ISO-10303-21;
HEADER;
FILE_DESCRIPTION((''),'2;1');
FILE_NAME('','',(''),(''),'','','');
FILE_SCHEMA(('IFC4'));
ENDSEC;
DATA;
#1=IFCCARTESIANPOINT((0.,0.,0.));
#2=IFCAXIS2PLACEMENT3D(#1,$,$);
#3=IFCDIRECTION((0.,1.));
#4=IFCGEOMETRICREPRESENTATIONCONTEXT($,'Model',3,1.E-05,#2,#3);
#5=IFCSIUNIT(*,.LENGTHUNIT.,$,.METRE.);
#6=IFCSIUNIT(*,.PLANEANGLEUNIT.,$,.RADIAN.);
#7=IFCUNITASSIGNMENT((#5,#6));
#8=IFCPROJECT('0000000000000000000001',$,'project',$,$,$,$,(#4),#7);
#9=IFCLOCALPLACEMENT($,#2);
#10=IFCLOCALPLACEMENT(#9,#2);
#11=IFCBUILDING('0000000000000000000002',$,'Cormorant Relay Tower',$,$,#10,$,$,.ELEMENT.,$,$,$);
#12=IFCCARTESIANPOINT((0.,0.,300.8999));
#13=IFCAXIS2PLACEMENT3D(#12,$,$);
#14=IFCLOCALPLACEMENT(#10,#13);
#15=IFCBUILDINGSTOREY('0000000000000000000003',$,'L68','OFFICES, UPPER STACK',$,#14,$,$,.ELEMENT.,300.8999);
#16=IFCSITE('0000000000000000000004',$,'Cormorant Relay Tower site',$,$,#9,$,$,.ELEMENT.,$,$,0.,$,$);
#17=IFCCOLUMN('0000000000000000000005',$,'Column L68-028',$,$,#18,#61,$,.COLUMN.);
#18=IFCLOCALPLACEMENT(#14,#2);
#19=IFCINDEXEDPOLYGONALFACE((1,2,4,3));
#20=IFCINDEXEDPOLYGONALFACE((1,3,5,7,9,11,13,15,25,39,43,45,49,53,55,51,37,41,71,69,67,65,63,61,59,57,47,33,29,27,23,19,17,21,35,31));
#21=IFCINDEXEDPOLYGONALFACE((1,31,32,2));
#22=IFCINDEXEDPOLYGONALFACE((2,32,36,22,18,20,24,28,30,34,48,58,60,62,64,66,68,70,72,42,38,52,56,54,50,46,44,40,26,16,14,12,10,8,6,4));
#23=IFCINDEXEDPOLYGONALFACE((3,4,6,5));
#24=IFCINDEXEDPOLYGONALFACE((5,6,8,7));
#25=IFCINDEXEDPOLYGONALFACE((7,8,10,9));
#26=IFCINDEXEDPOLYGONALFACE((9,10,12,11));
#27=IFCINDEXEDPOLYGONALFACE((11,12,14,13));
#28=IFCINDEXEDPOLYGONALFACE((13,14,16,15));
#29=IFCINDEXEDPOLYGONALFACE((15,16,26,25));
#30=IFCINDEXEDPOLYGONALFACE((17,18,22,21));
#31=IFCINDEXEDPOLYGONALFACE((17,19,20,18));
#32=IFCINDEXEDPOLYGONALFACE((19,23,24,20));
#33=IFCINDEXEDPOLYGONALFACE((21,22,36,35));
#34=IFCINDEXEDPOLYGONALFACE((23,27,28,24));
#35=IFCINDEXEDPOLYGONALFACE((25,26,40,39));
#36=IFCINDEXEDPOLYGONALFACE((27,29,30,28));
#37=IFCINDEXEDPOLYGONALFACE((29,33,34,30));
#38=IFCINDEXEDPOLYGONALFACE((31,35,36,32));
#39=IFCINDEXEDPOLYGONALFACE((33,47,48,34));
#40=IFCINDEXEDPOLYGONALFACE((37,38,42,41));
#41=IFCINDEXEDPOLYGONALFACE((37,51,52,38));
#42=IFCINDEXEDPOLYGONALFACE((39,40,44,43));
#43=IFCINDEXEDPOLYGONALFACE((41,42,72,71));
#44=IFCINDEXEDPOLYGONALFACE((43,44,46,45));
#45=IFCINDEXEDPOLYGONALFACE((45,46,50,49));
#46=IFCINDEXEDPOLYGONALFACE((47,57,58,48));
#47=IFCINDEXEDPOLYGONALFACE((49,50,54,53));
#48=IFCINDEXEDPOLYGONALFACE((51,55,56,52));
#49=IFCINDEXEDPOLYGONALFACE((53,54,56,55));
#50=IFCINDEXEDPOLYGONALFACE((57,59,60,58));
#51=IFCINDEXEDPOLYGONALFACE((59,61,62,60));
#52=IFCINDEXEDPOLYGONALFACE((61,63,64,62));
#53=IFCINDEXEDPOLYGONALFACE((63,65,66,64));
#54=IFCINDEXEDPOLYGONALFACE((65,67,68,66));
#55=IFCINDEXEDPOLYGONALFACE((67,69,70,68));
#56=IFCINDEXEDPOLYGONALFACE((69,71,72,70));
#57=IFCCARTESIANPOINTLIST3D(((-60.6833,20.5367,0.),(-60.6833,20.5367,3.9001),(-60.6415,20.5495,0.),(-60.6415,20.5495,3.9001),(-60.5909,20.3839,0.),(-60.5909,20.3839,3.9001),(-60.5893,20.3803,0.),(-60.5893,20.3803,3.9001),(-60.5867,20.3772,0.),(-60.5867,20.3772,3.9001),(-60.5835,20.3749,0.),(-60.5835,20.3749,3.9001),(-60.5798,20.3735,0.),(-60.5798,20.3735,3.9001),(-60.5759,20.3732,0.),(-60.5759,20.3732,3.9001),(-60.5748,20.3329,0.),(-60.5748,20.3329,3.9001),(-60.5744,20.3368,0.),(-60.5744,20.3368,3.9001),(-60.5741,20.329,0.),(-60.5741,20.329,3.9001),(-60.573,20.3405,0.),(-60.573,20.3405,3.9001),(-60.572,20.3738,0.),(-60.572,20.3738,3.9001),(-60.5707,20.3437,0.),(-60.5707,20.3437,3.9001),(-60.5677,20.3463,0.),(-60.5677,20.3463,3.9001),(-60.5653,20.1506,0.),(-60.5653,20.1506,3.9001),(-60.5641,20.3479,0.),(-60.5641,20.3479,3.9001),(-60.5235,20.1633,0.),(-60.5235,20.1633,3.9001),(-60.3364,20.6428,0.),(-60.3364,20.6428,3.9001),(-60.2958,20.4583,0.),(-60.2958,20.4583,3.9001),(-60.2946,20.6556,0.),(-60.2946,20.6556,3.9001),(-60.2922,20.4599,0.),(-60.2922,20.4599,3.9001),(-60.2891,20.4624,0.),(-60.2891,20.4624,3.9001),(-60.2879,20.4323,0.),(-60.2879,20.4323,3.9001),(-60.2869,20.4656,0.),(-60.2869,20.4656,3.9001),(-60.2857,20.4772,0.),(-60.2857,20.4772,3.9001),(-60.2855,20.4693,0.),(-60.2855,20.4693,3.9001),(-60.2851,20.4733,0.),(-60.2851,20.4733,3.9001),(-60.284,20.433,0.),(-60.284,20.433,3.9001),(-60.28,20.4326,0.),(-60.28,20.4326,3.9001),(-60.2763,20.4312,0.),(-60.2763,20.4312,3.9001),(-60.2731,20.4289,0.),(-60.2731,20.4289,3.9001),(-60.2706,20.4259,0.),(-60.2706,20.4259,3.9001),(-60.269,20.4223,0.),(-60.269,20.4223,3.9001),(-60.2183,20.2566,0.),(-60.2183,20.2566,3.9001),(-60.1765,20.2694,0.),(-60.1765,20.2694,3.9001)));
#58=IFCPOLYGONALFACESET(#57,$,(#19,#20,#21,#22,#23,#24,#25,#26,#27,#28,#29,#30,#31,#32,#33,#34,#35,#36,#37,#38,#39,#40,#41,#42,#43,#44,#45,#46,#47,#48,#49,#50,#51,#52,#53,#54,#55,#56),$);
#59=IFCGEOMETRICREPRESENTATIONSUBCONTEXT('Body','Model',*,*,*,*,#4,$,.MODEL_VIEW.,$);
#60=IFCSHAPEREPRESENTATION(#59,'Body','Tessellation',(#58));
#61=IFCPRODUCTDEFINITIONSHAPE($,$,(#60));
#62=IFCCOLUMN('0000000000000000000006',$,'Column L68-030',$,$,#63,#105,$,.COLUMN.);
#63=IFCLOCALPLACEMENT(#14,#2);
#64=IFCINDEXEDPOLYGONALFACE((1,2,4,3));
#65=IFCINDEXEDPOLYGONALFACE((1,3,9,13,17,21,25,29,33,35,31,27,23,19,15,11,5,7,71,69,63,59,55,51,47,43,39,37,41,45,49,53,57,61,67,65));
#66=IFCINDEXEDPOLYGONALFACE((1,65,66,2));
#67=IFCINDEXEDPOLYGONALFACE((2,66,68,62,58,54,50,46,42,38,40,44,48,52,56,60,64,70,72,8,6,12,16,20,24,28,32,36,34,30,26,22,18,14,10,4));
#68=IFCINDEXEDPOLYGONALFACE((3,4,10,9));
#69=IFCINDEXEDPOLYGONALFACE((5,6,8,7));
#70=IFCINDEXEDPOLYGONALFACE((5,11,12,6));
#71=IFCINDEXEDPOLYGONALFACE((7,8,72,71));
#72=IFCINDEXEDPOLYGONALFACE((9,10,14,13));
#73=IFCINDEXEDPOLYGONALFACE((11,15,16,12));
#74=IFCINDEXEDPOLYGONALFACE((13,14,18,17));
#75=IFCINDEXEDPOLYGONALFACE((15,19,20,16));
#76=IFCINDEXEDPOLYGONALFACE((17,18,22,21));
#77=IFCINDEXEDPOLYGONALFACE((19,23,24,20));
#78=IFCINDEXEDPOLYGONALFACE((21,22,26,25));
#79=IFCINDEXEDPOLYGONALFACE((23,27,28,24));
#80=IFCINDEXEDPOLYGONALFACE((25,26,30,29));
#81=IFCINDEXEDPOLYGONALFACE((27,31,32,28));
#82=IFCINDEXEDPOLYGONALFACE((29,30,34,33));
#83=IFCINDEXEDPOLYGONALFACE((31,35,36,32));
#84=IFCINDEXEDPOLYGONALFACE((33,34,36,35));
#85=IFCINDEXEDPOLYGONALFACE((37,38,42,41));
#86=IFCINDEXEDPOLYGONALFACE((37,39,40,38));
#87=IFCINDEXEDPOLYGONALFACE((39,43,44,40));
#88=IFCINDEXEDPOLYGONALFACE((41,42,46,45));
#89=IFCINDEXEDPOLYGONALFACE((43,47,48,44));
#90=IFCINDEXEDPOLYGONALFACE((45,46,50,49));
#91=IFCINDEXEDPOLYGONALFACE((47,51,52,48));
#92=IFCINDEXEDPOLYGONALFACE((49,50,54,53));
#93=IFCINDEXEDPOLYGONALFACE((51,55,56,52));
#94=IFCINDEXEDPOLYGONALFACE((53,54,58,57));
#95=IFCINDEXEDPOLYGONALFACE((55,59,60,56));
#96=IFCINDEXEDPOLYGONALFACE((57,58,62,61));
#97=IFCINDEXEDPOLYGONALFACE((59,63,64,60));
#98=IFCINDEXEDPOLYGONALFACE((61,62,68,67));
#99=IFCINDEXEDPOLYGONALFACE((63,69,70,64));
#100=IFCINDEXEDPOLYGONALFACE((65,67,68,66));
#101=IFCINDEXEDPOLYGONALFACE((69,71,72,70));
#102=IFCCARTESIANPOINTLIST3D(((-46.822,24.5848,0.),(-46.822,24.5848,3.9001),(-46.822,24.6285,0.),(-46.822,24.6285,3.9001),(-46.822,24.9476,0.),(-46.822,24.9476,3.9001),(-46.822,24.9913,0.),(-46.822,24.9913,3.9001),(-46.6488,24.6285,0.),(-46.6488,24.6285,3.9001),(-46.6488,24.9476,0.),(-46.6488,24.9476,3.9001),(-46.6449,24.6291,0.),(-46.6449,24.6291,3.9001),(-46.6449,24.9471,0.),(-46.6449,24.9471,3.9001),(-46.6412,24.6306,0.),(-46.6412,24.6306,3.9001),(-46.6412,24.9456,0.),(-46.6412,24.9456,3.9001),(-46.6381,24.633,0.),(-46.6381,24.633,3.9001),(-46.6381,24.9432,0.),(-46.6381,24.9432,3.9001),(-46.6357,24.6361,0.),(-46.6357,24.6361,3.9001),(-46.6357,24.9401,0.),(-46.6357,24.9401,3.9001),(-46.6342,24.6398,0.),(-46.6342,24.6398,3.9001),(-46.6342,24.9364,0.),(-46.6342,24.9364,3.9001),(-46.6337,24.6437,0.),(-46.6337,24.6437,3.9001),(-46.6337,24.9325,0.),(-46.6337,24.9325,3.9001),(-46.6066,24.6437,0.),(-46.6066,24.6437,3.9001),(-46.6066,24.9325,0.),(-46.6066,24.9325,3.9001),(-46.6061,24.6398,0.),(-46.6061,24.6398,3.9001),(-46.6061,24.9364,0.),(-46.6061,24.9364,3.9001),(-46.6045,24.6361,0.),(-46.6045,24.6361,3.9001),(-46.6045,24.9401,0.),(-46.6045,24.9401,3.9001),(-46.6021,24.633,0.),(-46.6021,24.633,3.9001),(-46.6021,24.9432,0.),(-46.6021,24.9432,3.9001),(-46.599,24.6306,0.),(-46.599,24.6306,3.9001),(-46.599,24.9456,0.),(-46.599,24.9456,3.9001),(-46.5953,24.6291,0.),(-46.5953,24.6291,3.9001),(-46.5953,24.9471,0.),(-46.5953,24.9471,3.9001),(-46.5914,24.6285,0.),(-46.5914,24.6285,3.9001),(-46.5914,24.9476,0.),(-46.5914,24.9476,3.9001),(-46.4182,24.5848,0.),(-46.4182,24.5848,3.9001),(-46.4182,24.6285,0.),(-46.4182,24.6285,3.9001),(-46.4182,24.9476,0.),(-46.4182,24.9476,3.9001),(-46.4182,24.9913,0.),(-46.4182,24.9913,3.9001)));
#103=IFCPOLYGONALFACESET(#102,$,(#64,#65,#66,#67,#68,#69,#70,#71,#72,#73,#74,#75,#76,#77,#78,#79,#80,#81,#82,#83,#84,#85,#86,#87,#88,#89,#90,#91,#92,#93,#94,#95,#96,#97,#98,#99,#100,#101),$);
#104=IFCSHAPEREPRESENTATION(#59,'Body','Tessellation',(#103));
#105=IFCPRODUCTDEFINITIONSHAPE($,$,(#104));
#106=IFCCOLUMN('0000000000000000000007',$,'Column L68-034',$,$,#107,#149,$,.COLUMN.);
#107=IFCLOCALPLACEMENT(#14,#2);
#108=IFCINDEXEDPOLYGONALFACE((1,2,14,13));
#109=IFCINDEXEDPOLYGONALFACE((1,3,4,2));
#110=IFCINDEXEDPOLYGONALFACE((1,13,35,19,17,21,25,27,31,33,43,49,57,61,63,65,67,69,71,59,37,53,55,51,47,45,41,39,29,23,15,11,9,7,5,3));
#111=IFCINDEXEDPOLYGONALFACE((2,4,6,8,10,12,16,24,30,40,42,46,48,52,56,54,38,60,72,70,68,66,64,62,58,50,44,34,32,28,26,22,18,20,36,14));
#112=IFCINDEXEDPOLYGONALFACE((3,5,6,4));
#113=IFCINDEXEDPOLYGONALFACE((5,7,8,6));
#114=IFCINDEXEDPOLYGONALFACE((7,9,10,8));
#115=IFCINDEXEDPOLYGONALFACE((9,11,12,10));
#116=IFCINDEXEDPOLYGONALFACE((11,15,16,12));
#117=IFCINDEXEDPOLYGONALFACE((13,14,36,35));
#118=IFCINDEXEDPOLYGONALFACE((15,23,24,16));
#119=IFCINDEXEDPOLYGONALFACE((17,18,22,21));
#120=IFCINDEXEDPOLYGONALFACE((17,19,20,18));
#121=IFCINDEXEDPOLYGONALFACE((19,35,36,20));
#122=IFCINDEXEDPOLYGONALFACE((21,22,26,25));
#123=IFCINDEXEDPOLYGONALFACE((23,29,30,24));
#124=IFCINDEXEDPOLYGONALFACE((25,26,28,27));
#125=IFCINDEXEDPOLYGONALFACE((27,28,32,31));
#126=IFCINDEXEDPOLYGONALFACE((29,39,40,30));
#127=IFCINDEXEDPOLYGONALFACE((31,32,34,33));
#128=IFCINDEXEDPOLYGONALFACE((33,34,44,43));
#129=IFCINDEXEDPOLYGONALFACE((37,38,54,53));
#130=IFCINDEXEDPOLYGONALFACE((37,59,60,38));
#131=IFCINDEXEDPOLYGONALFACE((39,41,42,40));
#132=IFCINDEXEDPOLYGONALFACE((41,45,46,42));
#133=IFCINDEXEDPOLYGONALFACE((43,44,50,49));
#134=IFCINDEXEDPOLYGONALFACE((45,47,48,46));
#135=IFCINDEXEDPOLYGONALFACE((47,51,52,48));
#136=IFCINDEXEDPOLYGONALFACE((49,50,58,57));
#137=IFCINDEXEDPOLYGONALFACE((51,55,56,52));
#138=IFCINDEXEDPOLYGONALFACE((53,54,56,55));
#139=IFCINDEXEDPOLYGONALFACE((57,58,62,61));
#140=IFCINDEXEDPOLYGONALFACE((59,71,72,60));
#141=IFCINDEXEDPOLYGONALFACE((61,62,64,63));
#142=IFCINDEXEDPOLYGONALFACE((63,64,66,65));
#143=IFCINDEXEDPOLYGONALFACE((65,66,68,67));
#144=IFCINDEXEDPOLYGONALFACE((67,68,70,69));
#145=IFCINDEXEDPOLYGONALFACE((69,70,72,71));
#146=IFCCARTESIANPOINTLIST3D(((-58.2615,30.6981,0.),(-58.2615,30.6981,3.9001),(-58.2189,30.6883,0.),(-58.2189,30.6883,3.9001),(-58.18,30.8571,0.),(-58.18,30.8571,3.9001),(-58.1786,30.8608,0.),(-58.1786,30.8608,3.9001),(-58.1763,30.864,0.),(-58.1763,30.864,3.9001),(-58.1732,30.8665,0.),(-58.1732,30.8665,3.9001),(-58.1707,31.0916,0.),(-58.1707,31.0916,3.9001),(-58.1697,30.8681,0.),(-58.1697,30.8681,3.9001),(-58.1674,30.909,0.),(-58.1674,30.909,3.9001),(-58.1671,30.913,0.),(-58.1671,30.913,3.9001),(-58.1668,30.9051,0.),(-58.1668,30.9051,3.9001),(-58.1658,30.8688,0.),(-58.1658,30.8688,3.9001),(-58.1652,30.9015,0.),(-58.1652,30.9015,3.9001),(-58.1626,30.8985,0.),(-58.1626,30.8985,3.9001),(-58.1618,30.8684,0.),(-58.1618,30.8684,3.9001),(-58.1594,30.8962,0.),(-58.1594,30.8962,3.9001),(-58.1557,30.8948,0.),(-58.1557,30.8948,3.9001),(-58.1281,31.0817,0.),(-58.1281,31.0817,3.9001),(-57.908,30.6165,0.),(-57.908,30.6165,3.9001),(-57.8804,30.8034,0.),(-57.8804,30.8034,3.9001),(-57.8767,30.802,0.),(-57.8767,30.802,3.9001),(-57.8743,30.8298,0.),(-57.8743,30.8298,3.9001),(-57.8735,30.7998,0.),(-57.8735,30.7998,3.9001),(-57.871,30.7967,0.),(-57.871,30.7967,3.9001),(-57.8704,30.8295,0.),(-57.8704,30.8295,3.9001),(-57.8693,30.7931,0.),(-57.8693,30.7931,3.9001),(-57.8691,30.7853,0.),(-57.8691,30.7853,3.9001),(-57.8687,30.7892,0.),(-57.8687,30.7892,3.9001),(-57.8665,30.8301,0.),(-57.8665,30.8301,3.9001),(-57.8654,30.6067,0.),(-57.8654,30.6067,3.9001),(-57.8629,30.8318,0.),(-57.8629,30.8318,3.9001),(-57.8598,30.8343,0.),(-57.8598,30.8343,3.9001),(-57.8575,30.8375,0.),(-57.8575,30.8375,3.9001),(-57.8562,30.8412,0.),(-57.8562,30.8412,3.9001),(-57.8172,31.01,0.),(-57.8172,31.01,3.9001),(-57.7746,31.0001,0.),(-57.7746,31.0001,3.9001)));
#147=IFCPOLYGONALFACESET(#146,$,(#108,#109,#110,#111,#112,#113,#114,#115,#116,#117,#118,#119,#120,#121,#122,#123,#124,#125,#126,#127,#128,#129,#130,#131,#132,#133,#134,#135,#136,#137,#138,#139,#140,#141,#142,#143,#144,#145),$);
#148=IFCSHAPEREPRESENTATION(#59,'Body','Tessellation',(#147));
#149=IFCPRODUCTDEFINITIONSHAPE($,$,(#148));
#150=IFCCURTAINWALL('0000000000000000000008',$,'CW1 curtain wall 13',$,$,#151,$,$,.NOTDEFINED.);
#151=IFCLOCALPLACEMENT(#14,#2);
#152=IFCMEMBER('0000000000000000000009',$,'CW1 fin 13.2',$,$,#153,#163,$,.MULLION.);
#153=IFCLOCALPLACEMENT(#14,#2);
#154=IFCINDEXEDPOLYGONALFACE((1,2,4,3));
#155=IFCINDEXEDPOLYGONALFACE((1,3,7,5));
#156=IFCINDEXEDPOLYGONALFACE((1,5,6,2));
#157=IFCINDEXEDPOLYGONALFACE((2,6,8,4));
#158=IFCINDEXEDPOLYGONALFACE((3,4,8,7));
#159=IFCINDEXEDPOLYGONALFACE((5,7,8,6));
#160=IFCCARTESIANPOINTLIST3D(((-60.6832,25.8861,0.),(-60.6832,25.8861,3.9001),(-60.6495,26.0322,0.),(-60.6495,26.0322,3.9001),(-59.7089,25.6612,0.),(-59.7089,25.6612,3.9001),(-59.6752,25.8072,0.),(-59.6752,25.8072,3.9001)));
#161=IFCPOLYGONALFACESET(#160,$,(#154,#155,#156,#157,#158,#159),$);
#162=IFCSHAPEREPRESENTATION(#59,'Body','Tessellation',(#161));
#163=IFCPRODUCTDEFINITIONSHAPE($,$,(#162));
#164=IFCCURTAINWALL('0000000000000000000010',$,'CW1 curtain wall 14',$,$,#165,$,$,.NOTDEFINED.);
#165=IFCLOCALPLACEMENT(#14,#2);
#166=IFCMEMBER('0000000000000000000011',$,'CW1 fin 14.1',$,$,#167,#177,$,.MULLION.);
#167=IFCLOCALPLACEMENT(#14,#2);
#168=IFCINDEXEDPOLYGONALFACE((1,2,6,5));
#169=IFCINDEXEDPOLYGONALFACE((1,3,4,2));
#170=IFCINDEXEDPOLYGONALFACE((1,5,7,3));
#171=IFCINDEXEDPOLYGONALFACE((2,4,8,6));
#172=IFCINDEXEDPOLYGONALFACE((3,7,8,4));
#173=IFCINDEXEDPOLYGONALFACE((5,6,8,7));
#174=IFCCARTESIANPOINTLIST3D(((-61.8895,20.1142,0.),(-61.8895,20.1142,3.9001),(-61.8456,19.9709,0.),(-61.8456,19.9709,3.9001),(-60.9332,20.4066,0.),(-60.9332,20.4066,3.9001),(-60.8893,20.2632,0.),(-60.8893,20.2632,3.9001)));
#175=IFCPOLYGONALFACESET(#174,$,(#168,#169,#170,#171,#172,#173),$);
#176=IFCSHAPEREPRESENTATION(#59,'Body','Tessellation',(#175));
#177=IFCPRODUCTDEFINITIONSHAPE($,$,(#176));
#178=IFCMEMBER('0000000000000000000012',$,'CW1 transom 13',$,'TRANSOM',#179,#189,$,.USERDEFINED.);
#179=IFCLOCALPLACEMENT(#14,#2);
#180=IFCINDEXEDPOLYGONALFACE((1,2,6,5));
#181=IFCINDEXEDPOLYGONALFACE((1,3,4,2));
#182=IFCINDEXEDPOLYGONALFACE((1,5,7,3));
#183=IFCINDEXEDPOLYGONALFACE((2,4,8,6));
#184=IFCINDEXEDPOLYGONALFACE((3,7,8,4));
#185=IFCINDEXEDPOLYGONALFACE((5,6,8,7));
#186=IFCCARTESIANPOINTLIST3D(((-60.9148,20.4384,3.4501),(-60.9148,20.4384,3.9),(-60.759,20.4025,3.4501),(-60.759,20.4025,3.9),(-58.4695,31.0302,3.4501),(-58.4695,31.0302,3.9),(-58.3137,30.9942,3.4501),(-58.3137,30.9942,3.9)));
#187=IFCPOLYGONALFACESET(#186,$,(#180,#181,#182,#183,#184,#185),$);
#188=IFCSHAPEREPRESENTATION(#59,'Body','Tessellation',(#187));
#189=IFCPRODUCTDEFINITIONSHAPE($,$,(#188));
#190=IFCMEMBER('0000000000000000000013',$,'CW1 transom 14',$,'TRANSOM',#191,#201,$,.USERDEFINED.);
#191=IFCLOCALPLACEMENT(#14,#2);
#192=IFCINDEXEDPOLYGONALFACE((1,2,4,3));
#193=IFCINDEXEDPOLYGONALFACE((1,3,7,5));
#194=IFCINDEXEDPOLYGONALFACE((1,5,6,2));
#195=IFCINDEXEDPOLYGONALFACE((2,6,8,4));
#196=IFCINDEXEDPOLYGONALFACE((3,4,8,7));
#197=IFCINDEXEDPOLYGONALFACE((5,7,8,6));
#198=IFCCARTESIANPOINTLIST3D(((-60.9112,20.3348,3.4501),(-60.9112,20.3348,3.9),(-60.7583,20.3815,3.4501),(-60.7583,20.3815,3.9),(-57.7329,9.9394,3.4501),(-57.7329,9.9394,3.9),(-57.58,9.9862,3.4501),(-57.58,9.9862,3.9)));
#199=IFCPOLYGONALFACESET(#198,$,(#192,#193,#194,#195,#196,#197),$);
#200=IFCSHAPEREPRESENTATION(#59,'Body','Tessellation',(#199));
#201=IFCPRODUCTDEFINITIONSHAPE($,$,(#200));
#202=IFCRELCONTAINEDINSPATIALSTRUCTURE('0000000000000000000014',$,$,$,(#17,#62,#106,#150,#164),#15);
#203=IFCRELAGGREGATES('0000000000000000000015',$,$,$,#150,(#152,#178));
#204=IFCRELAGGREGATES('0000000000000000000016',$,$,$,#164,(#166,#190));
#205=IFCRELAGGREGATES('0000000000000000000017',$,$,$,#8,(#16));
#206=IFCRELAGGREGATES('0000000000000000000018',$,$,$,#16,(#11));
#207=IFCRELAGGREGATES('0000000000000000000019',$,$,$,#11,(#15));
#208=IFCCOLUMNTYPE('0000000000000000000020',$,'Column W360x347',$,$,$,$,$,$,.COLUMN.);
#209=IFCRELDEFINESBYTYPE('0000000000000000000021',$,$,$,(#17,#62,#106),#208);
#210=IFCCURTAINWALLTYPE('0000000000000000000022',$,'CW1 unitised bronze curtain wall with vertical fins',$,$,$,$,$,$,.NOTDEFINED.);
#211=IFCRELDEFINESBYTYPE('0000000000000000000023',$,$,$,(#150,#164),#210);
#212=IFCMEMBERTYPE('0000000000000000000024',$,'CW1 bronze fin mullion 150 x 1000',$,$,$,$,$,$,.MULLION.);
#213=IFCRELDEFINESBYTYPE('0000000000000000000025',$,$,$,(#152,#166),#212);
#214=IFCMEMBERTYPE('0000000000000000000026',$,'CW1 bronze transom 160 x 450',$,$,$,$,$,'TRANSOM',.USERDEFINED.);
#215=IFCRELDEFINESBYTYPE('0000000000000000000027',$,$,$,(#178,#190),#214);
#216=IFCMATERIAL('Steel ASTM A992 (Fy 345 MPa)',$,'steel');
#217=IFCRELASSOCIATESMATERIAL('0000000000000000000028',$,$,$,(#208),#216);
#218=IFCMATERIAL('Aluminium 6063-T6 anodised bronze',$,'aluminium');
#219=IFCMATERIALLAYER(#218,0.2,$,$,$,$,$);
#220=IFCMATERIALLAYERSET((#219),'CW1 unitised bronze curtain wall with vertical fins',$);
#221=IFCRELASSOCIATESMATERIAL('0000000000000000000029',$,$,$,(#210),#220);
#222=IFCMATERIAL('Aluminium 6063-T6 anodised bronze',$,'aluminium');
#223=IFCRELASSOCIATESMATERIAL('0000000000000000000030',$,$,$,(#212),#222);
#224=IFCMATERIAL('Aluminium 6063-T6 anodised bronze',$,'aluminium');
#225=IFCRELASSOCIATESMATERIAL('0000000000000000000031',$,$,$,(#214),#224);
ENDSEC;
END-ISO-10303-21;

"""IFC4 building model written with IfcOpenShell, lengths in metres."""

from ifc_helpers import new_model, si_unit, direction, frame, origin, origin_2d, place, context, subcontext, project, spatial, rectangle, i_section, extrude, material, layer, layer_set, material_profile, profile_set, type_object, element, aggregate, save


model = new_model("IFC4")

# Units and contexts
model_context = context("Model", 3, precision=1e-05, world=origin(), true_north=direction((0.0, 1.0)))
body_context = subcontext(model_context, "Body", "Model", "MODEL_VIEW")
ifc_project = project(units=[si_unit("LENGTHUNIT", "METRE"), si_unit("PLANEANGLEUNIT", "RADIAN")], contexts=[model_context])

# Site, building, storey
site_placement = place(None, origin())
site = spatial("IfcSite", under=ifc_project, at=site_placement, Name="Cormorant Relay Tower site", CompositionType="ELEMENT", RefElevation=0.0)
building_placement = place(site_placement, origin())
building = spatial("IfcBuilding", under=site, at=building_placement, Name="Cormorant Relay Tower", CompositionType="ELEMENT")
storey_placement = place(building_placement, frame((0.0, 0.0, 300.8999)))
storey = spatial("IfcBuildingStorey", under=building, at=storey_placement, Name="L68", Description="OFFICES, UPPER STACK", CompositionType="ELEMENT", Elevation=300.8999)

# Columns
ifc_material_1 = material(Name="Steel ASTM A992 (Fy 345 MPa)", Category="steel")
ifc_material_profile_1 = material_profile(ifc_material_1, i_section(OverallWidth=0.4038, OverallDepth=0.4065, WebThickness=0.0271, FlangeThickness=0.0437, FilletRadius=0.0151, at=origin_2d()), Name="W360x347")
ifc_profile_set_1 = profile_set([ifc_material_profile_1], Name="Steel ASTM A992 (Fy 345 MPa)")
column_type = type_object("IfcColumnType", Name="Column W360x347", PredefinedType="COLUMN", material=ifc_profile_set_1)
for number, where, z_axis, x_axis, name in (
    (1, (-60.4299, 20.4031, 0.0), (0.0, 0.0, 1.0), (0.292372, -0.956305, 0.0), "Column L68-028"),
    (2, (-46.6201, 24.7881, 0.0), (0.0, 0.0, 1.0), (1.0, 0.0, 0.0), "Column L68-030"),
    (3, (-58.0181, 30.8491, 0.0), (0.0, 0.0, 1.0), (-0.224951, -0.97437, 0.0), "Column L68-034"),
):
    element("IfcColumn", number, at=place(storey_placement, frame(where, z_axis=z_axis, x_axis=x_axis)), inside=storey, type_object=column_type, Name=name, PredefinedType="COLUMN", context=body_context, shape_type="SweptSolid", body=[
        extrude(i_section(OverallWidth=0.4038, OverallDepth=0.4065, WebThickness=0.0271, FlangeThickness=0.0437, FilletRadius=0.0151, at=origin_2d()), origin(), (0.0, 0.0, 1.0), 3.9001),
    ])

# Curtain walls, members
ifc_material_2 = material(Name="Aluminium 6063-T6 anodised bronze", Category="aluminium")
ifc_layer_1 = layer(ifc_material_2, 0.2)
ifc_layer_set_1 = layer_set([ifc_layer_1], Name="CW1 unitised bronze curtain wall with vertical fins")
curtain_wall_type = type_object("IfcCurtainWallType", Name="CW1 unitised bronze curtain wall with vertical fins", PredefinedType="NOTDEFINED", material=ifc_layer_set_1)
curtain_wall_1_placement = place(storey_placement, origin())
curtain_wall_1 = element("IfcCurtainWall", 4, at=curtain_wall_1_placement, inside=storey, type_object=curtain_wall_type, Name="CW1 curtain wall 13", PredefinedType="NOTDEFINED")
ifc_material_3 = material(Name="Aluminium 6063-T6 anodised bronze", Category="aluminium")
ifc_material_profile_2 = material_profile(ifc_material_3, rectangle(XDim=0.1499, YDim=1.0, at=origin_2d()), Name="AL 150x1000")
ifc_profile_set_2 = profile_set([ifc_material_profile_2], Name="Aluminium 6063-T6 anodised bronze")
member_type_1 = type_object("IfcMemberType", Name="CW1 bronze fin mullion 150 x 1000", PredefinedType="MULLION", material=ifc_profile_set_2)
member_1_placement = place(storey_placement, frame((-60.1792, 25.8467, 0.0), z_axis=(0.0, 0.0, 1.0), x_axis=(-0.224951, -0.97437, 0.0)))
member_1 = element("IfcMember", 5, at=member_1_placement, type_object=member_type_1, Name="CW1 fin 13.2", PredefinedType="MULLION", context=body_context, shape_type="SweptSolid", body=[
    extrude(rectangle(XDim=0.1499, YDim=1.0, at=origin_2d()), origin(), (0.0, 0.0, 1.0), 3.9001),
])
curtain_wall_2_placement = place(storey_placement, origin())
curtain_wall_2 = element("IfcCurtainWall", 6, at=curtain_wall_2_placement, inside=storey, type_object=curtain_wall_type, Name="CW1 curtain wall 14", PredefinedType="NOTDEFINED")
member_2_placement = place(storey_placement, frame((-61.3894, 20.1887, 0.0), z_axis=(0.0, 0.0, 1.0), x_axis=(0.292372, -0.956305, 0.0)))
member_2 = element("IfcMember", 7, at=member_2_placement, type_object=member_type_1, Name="CW1 fin 14.1", PredefinedType="MULLION", context=body_context, shape_type="SweptSolid", body=[
    extrude(rectangle(XDim=0.1499, YDim=1.0, at=origin_2d()), origin(), (0.0, 0.0, 1.0), 3.9001),
])

# Members
ifc_material_4 = material(Name="Aluminium 6063-T6 anodised bronze", Category="aluminium")
ifc_material_profile_3 = material_profile(ifc_material_4, rectangle(XDim=0.1599, YDim=0.45, at=origin_2d()), Name="AL 160x450")
ifc_profile_set_3 = profile_set([ifc_material_profile_3], Name="Aluminium 6063-T6 anodised bronze")
member_type_2 = type_object("IfcMemberType", Name="CW1 bronze transom 160 x 450", ElementType="TRANSOM", PredefinedType="USERDEFINED", material=ifc_profile_set_3)
member_3_placement = place(storey_placement, frame((-58.3916, 31.0122, 3.675), z_axis=(-0.224951, -0.97437, 0.0), x_axis=(0.97437, -0.224951, 0.0)))
member_3 = element("IfcMember", 8, at=member_3_placement, type_object=member_type_2, Name="CW1 transom 13", ObjectType="TRANSOM", PredefinedType="USERDEFINED", context=body_context, shape_type="SweptSolid", body=[
    extrude(rectangle(XDim=0.1599, YDim=0.45, at=origin_2d()), origin(), (0.0, 0.0, 1.0), 10.8704),
])
member_4_placement = place(storey_placement, frame((-60.8347, 20.3582, 3.675), z_axis=(0.292378, -0.956303, 0.0), x_axis=(0.956303, 0.292378, 0.0)))
member_4 = element("IfcMember", 9, at=member_4_placement, type_object=member_type_2, Name="CW1 transom 14", ObjectType="TRANSOM", PredefinedType="USERDEFINED", context=body_context, shape_type="SweptSolid", body=[
    extrude(rectangle(XDim=0.1599, YDim=0.45, at=origin_2d()), origin(), (0.0, 0.0, 1.0), 10.8704),
])

aggregate(curtain_wall_1, [member_1, member_3])
aggregate(curtain_wall_2, [member_2, member_4])

save(model, "model.ifc")
